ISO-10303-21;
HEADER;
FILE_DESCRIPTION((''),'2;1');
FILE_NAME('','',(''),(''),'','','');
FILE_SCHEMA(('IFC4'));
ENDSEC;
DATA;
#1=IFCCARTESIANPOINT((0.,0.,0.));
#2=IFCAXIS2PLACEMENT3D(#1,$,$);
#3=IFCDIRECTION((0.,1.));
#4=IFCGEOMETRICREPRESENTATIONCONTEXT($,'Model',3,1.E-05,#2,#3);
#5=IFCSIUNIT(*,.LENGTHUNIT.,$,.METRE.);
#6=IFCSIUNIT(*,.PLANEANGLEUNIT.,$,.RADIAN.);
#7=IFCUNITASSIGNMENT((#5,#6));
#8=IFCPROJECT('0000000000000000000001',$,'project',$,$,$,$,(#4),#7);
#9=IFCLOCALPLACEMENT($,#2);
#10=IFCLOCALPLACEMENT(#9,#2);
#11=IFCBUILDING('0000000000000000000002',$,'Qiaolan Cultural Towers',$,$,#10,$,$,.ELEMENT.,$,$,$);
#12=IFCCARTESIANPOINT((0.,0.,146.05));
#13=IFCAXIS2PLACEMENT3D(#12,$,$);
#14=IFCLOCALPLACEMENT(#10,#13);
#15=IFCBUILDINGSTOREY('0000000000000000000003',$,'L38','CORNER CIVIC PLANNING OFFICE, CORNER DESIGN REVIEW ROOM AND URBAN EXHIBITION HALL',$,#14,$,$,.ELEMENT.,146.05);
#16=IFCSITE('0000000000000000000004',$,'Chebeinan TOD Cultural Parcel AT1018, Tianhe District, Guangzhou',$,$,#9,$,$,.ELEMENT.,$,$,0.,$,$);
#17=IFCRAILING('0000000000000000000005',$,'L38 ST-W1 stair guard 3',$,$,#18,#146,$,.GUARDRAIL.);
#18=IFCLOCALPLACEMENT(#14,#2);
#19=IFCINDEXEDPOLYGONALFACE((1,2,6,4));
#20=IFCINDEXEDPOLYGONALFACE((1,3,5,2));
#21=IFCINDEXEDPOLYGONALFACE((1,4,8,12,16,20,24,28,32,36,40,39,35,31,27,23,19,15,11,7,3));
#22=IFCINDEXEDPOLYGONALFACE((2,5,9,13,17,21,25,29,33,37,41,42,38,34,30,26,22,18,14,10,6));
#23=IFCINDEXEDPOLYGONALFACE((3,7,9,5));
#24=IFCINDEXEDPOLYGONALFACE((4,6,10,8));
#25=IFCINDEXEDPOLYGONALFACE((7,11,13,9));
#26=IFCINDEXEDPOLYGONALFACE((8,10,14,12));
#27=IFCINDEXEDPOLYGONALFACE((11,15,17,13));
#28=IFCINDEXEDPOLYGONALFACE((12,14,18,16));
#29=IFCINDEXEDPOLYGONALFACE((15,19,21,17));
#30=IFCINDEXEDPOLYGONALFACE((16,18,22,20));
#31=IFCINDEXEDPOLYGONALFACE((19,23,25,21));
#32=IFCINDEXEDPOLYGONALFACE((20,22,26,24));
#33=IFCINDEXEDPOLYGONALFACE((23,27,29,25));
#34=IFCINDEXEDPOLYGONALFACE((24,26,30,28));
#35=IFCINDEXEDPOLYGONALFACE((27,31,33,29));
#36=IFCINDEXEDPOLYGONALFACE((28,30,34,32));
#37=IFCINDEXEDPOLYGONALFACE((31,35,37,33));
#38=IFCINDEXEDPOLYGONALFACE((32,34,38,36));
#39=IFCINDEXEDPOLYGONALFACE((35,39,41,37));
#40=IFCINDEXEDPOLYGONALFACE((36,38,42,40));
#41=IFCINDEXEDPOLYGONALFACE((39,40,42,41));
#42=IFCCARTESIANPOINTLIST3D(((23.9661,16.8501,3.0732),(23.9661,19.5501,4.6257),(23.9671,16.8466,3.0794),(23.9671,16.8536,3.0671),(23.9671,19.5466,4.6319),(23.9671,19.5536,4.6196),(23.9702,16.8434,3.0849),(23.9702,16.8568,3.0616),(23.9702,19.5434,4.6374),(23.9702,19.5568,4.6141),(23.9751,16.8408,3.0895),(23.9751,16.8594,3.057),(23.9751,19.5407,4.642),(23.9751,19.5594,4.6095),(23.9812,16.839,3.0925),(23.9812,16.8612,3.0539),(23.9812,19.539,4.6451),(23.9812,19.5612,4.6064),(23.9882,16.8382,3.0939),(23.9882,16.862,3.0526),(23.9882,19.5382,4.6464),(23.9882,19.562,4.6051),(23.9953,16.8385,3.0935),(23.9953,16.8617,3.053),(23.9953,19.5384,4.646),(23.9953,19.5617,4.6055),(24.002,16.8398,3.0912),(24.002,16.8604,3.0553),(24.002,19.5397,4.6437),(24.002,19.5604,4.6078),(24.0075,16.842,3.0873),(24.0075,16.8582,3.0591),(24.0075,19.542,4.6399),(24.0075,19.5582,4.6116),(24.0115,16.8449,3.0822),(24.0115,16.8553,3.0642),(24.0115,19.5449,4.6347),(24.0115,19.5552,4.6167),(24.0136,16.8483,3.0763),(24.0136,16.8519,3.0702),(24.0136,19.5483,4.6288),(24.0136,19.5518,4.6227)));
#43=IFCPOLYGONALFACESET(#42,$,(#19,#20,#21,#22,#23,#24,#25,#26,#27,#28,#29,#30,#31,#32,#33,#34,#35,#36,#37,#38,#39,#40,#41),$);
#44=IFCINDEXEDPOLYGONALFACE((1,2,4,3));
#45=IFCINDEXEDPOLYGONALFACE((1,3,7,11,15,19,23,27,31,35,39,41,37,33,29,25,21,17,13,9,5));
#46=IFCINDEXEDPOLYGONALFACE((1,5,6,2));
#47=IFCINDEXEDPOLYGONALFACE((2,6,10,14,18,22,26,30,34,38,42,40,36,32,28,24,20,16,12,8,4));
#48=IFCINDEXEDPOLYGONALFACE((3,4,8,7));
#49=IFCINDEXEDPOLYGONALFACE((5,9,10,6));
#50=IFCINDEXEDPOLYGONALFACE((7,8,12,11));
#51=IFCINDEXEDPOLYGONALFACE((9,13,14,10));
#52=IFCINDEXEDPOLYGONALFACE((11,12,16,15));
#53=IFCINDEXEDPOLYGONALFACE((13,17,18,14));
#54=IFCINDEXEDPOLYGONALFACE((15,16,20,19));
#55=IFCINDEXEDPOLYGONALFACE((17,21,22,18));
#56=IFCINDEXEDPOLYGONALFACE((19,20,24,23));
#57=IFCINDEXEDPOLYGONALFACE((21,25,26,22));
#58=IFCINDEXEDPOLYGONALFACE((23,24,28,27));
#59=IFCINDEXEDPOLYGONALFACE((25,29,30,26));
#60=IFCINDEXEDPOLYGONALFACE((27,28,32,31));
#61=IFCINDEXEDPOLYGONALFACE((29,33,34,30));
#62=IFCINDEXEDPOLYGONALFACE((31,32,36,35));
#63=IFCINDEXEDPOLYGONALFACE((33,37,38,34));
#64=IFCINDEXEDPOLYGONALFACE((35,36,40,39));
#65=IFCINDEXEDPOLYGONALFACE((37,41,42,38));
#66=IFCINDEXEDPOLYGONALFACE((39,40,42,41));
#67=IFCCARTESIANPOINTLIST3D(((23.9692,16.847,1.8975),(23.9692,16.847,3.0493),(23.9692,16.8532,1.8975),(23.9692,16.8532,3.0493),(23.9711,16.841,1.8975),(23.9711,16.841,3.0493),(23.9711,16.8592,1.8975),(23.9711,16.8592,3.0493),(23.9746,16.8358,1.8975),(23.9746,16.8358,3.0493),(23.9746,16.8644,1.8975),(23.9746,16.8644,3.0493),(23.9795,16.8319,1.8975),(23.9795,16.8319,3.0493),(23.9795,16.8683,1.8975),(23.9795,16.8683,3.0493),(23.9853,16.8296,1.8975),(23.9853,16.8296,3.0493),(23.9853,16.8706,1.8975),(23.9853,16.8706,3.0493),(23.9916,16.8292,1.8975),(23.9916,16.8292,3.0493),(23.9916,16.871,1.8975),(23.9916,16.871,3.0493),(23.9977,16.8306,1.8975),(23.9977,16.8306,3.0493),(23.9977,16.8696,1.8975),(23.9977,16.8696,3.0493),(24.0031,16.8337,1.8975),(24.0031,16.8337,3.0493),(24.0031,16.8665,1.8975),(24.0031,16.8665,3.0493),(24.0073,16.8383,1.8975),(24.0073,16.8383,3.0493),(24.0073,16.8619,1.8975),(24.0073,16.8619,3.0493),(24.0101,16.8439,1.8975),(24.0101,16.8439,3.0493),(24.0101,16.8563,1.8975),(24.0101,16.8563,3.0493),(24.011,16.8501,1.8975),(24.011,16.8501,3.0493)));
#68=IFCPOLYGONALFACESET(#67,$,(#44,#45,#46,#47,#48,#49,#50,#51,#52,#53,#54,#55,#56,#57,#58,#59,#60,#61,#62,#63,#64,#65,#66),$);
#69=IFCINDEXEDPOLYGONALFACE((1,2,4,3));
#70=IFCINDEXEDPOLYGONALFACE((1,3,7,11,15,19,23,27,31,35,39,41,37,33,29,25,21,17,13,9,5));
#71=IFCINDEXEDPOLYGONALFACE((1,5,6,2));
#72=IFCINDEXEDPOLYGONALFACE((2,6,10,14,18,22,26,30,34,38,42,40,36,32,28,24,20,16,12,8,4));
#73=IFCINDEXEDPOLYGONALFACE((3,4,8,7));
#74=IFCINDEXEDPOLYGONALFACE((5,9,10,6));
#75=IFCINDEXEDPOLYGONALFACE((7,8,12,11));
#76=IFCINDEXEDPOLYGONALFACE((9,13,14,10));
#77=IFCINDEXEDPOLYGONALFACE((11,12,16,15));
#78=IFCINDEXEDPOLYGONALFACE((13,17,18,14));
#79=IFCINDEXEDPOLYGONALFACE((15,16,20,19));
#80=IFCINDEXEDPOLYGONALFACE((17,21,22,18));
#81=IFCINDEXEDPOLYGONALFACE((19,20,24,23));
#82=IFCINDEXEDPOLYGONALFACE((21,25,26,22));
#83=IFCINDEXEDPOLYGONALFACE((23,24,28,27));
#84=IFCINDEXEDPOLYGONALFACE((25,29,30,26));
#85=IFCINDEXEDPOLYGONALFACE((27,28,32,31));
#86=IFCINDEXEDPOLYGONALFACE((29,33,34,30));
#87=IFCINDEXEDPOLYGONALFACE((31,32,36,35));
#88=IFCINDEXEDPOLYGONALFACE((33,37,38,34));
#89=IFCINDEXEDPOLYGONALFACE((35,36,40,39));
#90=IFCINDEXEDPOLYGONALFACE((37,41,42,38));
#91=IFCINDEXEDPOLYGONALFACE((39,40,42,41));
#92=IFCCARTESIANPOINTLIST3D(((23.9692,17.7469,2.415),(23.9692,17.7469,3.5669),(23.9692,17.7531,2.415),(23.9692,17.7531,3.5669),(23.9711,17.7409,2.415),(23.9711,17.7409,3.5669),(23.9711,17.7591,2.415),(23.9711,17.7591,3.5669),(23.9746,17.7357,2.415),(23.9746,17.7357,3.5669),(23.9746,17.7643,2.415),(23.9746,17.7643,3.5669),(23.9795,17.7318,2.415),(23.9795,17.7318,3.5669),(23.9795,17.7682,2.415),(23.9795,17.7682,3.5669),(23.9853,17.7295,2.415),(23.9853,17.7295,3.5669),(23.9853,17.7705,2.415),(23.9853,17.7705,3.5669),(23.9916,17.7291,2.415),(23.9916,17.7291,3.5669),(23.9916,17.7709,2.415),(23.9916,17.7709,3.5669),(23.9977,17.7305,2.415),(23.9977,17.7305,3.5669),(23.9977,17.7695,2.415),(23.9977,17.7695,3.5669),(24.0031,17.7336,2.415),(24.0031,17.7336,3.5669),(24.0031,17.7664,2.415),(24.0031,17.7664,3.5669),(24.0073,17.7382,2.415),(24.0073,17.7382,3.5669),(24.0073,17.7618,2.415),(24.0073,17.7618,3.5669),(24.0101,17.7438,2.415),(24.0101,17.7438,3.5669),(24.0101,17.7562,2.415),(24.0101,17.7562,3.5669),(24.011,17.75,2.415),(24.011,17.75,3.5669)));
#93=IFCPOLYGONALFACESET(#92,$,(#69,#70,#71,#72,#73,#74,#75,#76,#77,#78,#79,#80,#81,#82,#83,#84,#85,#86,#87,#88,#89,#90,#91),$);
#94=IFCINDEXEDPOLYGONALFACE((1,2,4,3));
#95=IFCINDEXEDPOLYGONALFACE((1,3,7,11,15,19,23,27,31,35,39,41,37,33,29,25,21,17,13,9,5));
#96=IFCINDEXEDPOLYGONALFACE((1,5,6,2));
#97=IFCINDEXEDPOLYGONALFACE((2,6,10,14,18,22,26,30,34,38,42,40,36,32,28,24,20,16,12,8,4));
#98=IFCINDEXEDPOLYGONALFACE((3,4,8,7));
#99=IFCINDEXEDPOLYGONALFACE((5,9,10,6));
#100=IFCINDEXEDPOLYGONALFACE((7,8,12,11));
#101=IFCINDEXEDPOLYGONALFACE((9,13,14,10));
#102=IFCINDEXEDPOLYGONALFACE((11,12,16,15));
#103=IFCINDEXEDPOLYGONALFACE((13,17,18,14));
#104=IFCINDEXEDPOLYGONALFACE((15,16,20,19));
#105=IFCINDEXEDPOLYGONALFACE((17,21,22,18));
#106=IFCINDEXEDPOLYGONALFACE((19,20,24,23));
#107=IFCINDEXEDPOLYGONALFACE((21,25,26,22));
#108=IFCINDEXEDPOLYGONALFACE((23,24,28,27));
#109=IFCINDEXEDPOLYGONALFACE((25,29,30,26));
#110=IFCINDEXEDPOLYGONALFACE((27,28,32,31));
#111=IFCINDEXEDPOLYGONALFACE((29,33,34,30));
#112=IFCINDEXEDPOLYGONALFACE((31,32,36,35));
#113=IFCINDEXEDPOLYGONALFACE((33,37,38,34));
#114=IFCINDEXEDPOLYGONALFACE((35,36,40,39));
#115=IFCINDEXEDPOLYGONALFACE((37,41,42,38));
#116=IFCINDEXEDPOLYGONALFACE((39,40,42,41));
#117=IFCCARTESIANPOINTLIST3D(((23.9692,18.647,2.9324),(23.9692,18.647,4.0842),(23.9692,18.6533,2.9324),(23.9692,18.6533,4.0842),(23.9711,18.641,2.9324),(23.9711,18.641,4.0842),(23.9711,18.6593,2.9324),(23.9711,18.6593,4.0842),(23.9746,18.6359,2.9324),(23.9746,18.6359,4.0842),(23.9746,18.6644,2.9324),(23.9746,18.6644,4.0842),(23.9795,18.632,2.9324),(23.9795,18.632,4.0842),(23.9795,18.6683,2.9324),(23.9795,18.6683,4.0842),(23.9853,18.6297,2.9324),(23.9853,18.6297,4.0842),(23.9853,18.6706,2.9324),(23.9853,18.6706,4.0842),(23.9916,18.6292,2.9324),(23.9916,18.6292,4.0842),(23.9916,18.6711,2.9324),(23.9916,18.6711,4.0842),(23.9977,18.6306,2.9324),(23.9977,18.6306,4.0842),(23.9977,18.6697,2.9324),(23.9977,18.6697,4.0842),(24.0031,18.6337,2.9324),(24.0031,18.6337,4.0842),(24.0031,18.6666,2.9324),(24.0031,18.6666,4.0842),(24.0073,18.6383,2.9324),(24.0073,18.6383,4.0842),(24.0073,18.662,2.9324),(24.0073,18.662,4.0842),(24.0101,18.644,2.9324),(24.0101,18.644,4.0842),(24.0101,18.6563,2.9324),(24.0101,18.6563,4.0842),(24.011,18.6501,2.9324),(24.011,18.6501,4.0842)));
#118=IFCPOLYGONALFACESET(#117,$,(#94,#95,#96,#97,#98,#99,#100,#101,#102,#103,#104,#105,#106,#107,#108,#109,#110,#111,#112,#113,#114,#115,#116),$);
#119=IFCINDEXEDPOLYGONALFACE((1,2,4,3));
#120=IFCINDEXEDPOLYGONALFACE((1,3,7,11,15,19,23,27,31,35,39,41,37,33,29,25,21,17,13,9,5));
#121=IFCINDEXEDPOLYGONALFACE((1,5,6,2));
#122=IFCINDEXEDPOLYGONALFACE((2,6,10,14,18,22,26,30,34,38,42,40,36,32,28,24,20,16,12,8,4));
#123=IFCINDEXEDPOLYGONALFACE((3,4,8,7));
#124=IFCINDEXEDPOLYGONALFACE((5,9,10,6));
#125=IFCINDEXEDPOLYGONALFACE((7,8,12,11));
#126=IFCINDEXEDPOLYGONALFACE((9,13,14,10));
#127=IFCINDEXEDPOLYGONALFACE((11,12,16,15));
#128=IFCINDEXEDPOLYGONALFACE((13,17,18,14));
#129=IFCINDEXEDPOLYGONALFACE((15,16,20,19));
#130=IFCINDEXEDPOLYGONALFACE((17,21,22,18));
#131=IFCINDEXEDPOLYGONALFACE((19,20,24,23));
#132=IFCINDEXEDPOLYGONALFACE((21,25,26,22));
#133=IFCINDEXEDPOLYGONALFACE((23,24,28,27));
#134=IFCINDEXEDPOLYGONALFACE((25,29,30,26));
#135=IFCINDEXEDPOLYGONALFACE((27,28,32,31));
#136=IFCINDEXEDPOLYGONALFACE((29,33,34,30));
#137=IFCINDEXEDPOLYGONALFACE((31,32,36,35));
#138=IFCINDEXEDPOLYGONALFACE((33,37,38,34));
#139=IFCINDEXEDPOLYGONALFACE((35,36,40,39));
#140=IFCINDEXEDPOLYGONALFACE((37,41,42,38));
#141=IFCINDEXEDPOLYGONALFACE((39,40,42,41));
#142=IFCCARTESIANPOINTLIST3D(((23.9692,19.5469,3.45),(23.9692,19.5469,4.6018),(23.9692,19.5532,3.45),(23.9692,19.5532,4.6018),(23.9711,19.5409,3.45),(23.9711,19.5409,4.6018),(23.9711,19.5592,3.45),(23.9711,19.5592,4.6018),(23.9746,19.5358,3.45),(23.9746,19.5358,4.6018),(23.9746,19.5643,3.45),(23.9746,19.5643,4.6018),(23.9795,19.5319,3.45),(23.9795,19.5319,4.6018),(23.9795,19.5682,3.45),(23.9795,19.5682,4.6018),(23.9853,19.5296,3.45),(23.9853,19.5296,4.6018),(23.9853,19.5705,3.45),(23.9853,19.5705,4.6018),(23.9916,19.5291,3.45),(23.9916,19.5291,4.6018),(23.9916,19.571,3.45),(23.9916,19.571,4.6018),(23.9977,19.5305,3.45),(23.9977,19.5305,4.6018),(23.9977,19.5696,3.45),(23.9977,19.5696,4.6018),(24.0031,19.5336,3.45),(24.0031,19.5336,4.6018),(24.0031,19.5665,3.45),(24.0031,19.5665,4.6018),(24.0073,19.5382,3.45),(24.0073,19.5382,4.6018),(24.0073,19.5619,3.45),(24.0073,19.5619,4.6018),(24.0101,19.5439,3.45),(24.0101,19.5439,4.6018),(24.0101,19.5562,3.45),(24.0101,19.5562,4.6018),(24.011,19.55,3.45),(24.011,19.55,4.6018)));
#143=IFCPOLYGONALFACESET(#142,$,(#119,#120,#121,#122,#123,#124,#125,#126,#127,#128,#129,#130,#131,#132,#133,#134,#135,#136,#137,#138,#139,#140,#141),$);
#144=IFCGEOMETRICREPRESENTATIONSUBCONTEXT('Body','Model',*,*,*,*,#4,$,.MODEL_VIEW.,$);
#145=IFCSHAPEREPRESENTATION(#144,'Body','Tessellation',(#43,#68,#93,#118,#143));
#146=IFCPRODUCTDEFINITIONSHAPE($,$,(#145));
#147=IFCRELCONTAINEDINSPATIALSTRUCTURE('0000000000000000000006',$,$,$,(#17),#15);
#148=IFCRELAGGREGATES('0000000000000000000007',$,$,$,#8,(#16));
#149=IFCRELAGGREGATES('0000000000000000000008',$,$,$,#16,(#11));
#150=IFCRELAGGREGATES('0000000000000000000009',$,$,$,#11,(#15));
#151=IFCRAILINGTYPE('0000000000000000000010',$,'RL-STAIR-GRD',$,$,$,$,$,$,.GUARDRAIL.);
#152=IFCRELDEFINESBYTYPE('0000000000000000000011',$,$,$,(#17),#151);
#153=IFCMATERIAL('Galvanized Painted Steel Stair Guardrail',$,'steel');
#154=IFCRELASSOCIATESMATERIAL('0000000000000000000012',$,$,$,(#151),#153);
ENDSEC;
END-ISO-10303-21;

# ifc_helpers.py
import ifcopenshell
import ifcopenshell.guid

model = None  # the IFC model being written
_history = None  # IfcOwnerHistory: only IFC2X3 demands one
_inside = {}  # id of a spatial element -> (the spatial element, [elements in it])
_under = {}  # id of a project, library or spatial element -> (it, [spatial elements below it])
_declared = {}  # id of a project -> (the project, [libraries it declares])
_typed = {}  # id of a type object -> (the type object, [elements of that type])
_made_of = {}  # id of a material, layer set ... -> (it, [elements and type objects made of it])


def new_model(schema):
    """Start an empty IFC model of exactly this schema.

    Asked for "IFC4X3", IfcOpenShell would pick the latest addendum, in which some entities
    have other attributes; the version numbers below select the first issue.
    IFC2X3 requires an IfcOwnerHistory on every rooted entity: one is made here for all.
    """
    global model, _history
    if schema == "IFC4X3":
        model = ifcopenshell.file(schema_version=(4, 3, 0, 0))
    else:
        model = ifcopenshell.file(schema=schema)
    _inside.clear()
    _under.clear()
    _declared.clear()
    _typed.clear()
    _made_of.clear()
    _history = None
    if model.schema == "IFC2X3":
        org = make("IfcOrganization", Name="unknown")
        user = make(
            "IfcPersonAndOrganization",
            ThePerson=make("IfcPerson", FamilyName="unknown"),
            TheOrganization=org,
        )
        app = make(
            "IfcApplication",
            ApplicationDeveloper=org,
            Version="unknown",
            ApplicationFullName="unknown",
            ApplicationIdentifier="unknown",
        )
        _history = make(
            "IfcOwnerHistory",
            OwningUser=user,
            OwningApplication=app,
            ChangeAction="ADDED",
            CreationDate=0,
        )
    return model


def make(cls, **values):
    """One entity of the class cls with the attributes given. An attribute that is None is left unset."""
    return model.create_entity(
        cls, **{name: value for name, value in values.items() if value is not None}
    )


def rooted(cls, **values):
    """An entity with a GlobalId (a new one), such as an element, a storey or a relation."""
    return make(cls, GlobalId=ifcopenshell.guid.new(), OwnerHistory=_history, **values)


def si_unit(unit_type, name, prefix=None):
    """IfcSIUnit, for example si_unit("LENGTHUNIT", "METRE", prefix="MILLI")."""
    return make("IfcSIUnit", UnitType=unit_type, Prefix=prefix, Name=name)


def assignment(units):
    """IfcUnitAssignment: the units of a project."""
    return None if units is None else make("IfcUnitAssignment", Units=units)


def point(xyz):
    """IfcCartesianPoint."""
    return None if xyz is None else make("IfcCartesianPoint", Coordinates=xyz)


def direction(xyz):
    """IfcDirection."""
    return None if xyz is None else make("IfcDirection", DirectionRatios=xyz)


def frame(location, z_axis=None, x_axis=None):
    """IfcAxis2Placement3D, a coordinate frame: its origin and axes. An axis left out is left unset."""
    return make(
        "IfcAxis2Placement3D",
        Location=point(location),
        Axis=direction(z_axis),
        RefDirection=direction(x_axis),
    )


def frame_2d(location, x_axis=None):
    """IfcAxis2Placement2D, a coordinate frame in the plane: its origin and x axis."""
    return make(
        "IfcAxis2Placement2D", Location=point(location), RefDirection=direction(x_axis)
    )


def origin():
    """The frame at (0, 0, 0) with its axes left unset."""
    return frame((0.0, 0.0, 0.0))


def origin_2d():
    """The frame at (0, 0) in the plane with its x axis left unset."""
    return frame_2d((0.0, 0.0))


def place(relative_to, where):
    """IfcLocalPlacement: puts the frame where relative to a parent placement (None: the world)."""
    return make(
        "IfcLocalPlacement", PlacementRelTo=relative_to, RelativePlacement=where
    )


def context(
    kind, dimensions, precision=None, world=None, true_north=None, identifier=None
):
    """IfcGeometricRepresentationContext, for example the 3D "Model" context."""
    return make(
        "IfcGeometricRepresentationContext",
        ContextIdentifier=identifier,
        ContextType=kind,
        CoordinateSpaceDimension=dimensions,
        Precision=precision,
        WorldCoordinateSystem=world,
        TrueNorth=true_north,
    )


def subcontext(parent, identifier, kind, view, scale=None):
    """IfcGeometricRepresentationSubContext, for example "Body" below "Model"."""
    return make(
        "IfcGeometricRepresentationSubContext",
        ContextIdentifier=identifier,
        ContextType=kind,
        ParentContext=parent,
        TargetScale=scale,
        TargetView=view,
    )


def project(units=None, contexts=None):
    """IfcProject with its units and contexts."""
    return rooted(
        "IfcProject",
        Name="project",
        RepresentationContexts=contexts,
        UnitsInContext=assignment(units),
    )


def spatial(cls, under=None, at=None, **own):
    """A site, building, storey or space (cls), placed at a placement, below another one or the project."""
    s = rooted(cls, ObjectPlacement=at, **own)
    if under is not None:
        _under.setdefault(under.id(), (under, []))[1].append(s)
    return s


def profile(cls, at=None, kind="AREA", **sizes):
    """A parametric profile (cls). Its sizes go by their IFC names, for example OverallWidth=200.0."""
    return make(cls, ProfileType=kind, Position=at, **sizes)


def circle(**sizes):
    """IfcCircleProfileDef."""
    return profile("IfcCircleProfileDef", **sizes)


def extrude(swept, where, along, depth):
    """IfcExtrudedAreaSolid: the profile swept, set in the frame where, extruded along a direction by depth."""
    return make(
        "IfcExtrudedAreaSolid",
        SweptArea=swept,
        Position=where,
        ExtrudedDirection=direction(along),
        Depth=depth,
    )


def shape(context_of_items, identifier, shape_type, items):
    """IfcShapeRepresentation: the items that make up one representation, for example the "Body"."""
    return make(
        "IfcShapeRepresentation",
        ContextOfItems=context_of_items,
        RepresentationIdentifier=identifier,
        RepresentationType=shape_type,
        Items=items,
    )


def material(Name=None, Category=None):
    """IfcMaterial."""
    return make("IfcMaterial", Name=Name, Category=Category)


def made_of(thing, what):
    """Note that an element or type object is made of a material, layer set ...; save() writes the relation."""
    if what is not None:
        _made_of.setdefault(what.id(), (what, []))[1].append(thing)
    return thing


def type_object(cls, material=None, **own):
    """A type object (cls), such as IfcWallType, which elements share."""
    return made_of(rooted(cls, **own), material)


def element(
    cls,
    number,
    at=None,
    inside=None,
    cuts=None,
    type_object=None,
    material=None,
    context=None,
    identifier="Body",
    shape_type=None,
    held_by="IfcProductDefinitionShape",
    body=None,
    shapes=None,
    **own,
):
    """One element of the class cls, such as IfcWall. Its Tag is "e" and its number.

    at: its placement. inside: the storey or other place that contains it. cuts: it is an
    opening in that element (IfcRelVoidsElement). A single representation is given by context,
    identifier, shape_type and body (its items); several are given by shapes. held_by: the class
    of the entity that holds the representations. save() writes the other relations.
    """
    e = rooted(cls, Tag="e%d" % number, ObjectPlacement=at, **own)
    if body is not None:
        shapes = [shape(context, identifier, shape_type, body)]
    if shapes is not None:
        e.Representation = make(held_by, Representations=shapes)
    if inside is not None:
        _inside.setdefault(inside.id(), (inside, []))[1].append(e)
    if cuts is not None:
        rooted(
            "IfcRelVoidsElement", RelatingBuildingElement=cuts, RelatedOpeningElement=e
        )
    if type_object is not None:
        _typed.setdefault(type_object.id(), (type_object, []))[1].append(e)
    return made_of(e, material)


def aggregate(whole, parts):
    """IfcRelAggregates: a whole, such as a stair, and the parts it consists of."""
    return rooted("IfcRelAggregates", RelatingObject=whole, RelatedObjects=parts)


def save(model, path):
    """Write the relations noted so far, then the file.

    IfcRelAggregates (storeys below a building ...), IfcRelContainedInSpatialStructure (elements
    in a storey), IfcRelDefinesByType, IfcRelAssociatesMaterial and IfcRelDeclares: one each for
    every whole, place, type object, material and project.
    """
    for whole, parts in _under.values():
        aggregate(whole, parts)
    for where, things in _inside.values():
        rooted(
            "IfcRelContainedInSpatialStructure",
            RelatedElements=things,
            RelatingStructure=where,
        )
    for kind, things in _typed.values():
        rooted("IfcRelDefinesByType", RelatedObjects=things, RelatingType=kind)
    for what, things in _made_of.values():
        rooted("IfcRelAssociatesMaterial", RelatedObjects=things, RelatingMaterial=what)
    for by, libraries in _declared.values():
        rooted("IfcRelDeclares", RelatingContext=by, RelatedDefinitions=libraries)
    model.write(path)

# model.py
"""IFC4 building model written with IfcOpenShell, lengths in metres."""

from ifc_helpers import new_model, si_unit, direction, frame, origin, origin_2d, place, context, subcontext, project, spatial, circle, extrude, material, type_object, element, save


model = new_model("IFC4")

# Units and contexts
model_context = context("Model", 3, precision=1e-05, world=origin(), true_north=direction((0.0, 1.0)))
body_context = subcontext(model_context, "Body", "Model", "MODEL_VIEW")
ifc_project = project(units=[si_unit("LENGTHUNIT", "METRE"), si_unit("PLANEANGLEUNIT", "RADIAN")], contexts=[model_context])

# Site, building, storey
site_placement = place(None, origin())
site = spatial("IfcSite", under=ifc_project, at=site_placement, Name="Chebeinan TOD Cultural Parcel AT1018, Tianhe District, Guangzhou", CompositionType="ELEMENT", RefElevation=0.0)
building_placement = place(site_placement, origin())
building = spatial("IfcBuilding", under=site, at=building_placement, Name="Qiaolan Cultural Towers", CompositionType="ELEMENT")
storey_placement = place(building_placement, frame((0.0, 0.0, 146.05)))
storey = spatial("IfcBuildingStorey", under=building, at=storey_placement, Name="L38", Description="CORNER CIVIC PLANNING OFFICE, CORNER DESIGN REVIEW ROOM AND URBAN EXHIBITION HALL", CompositionType="ELEMENT", Elevation=146.05)

# Railing
ifc_material_1 = material(Name="Galvanized Painted Steel Stair Guardrail", Category="steel")
railing_type_1 = type_object("IfcRailingType", Name="RL-STAIR-GRD", PredefinedType="GUARDRAIL", material=ifc_material_1)
railing_1_placement = place(storey_placement, frame((23.99, 16.8501, 1.8975)))
element("IfcRailing", 1, at=railing_1_placement, inside=storey, type_object=railing_type_1, Name="L38 ST-W1 stair guard 3", PredefinedType="GUARDRAIL", context=body_context, shape_type="SweptSolid", body=[
    extrude(circle(Radius=0.0239, at=origin_2d()), frame((0.0, 0.0, 1.1758), z_axis=(0.0, 0.866904, 0.498476), x_axis=(-1.0, 0.0, 0.0)), (0.0, 0.0, 1.0), 3.1145),
    extrude(circle(Radius=0.021, at=origin_2d()), origin(), (0.0, 0.0, 1.0), 1.1519),
    extrude(circle(Radius=0.021, at=origin_2d()), frame((0.0, 0.8999, 0.5176)), (0.0, 0.0, 1.0), 1.1519),
    extrude(circle(Radius=0.021, at=origin_2d()), frame((0.0, 1.8, 1.0349)), (0.0, 0.0, 1.0), 1.1519),
    extrude(circle(Radius=0.021, at=origin_2d()), frame((0.0, 2.7, 1.5525)), (0.0, 0.0, 1.0), 1.1519),
])

save(model, "model.ifc")
